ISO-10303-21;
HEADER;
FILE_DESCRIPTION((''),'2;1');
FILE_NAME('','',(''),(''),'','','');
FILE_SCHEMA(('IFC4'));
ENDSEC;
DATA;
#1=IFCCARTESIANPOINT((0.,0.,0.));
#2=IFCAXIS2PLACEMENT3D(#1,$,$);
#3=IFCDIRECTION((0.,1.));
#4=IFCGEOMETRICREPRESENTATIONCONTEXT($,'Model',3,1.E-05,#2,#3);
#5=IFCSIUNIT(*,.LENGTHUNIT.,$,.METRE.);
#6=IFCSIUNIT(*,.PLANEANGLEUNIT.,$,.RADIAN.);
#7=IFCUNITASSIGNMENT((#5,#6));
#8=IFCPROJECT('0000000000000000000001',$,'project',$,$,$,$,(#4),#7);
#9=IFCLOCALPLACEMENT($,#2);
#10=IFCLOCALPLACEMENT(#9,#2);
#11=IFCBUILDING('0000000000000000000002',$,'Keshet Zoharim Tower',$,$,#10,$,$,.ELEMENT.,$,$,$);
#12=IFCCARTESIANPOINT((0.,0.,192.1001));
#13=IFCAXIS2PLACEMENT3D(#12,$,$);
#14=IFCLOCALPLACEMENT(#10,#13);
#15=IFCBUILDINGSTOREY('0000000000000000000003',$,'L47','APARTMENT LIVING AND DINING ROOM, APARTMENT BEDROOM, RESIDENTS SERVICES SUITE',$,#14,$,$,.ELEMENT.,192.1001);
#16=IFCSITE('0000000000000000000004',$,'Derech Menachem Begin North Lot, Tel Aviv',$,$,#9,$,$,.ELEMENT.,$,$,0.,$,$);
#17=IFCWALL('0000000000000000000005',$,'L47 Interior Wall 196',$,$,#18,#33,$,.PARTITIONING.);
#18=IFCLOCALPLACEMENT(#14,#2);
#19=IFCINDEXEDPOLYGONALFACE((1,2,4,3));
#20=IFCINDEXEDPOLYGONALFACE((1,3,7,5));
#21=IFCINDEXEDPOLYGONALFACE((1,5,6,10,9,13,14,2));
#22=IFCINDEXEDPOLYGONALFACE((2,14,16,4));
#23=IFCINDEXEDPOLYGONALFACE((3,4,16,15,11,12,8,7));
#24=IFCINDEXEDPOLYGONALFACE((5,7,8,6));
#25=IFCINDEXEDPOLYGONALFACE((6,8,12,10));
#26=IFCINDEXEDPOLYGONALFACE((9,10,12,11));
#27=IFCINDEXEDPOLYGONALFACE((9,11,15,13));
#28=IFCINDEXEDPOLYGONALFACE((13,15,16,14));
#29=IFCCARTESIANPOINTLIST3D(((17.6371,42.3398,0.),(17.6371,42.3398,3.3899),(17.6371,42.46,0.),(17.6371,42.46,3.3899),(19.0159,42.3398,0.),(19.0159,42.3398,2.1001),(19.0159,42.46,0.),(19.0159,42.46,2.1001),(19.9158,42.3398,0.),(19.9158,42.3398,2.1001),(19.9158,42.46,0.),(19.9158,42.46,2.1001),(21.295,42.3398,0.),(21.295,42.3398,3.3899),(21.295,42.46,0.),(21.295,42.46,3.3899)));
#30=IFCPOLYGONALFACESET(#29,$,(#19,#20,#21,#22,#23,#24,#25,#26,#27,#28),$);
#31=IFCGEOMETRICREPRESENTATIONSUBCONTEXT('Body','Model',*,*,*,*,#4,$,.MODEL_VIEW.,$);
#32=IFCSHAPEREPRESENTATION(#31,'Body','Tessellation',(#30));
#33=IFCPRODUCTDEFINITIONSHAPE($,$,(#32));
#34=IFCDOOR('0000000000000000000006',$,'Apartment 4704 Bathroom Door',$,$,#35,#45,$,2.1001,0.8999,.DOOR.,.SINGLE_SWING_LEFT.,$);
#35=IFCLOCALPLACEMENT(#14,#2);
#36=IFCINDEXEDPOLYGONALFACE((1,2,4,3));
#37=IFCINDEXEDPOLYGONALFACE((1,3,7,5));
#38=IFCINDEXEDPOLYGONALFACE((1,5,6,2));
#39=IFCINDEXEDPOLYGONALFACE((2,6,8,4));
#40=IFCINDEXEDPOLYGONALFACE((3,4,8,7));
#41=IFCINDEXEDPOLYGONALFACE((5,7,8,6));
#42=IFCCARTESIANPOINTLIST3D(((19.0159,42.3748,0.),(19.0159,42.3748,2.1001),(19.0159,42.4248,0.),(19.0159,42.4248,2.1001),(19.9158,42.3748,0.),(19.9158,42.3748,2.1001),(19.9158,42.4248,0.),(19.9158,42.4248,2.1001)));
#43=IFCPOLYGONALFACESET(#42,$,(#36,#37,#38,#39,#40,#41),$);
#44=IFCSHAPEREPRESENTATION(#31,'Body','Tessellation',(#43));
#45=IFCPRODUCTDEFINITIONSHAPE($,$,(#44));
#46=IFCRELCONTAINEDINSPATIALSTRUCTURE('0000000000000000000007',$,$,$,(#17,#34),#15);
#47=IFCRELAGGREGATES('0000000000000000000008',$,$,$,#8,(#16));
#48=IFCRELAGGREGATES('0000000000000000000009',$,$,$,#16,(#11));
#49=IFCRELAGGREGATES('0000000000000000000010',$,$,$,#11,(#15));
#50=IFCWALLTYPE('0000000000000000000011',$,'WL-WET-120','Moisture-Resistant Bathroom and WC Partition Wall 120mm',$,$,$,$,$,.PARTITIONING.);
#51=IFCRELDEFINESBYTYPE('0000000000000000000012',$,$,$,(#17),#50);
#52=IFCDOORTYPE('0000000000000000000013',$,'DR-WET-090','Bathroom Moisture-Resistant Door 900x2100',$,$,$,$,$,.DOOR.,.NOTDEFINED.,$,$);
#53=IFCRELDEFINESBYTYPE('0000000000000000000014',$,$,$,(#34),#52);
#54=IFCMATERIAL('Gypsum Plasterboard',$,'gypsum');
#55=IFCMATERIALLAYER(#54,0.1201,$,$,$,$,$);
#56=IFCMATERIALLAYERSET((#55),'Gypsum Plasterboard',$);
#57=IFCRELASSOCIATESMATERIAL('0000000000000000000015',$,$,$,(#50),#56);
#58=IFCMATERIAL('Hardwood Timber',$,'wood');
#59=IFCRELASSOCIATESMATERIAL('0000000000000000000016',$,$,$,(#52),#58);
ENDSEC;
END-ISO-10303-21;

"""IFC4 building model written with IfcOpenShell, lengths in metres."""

from ifc_helpers import new_model, si_unit, direction, frame, frame_2d, origin, place, context, subcontext, project, spatial, rectangle, extrude, material, layer, layer_set, type_object, element, fill, save


model = new_model("IFC4")

# Units and contexts
model_context = context("Model", 3, precision=1e-05, world=origin(), true_north=direction((0.0, 1.0)))
body_context = subcontext(model_context, "Body", "Model", "MODEL_VIEW")
ifc_project = project(units=[si_unit("LENGTHUNIT", "METRE"), si_unit("PLANEANGLEUNIT", "RADIAN")], contexts=[model_context])

# Site, building, storey
site_placement = place(None, origin())
site = spatial("IfcSite", under=ifc_project, at=site_placement, Name="Derech Menachem Begin North Lot, Tel Aviv", CompositionType="ELEMENT", RefElevation=0.0)
building_placement = place(site_placement, origin())
building = spatial("IfcBuilding", under=site, at=building_placement, Name="Keshet Zoharim Tower", CompositionType="ELEMENT")
storey_placement = place(building_placement, frame((0.0, 0.0, 192.1001)))
storey = spatial("IfcBuildingStorey", under=building, at=storey_placement, Name="L47", Description="APARTMENT LIVING AND DINING ROOM, APARTMENT BEDROOM, RESIDENTS SERVICES SUITE", CompositionType="ELEMENT", Elevation=192.1001)

# Shared definitions
ifc_material_1 = material(Name="Gypsum Plasterboard", Category="gypsum")

# Shared definitions
ifc_material_2 = material(Name="Hardwood Timber", Category="wood")

# Shared definitions
ifc_layer_1 = layer(ifc_material_1, 0.1201)
ifc_layer_set_1 = layer_set([ifc_layer_1], Name="Gypsum Plasterboard")
wall_type_1 = type_object("IfcWallType", Name="WL-WET-120", Description="Moisture-Resistant Bathroom and WC Partition Wall 120mm", PredefinedType="PARTITIONING", material=ifc_layer_set_1)

# Wall, opening, door
wall_1_placement = place(storey_placement, frame((17.637, 42.3999, 0.0), z_axis=(0.0, 0.0, 1.0), x_axis=(1.0, 0.0, 0.0)))
wall_1 = element("IfcWall", 1, at=wall_1_placement, inside=storey, type_object=wall_type_1, Name="L47 Interior Wall 196", PredefinedType="PARTITIONING", context=body_context, shape_type="SweptSolid", body=[
    extrude(rectangle(XDim=3.658, YDim=0.1201, at=frame_2d((1.8291, 0.0))), origin(), (0.0, 0.0, 1.0), 3.3899),
])
opening_1_placement = place(wall_1_placement, frame((1.3789, 0.0, 0.0)))
opening_1 = element("IfcOpeningElement", 2, at=opening_1_placement, cuts=wall_1, PredefinedType="OPENING", context=body_context, shape_type="SweptSolid", body=[
    extrude(rectangle(XDim=0.8999, YDim=2.1001, at=frame_2d((0.45, 1.05))), frame((0.0, 0.0701, 0.0), z_axis=(0.0, -1.0, 0.0), x_axis=(1.0, 0.0, 0.0)), (0.0, 0.0, 1.0), 0.1401),
])
door_type_1 = type_object("IfcDoorType", Name="DR-WET-090", Description="Bathroom Moisture-Resistant Door 900x2100", OperationType="NOTDEFINED", PredefinedType="DOOR", material=ifc_material_2)
door_1_placement = place(opening_1_placement, origin())
door_1 = element("IfcDoor", 3, at=door_1_placement, inside=storey, type_object=door_type_1, Name="Apartment 4704 Bathroom Door", OperationType="SINGLE_SWING_LEFT", OverallHeight=2.1001, OverallWidth=0.8999, PredefinedType="DOOR", context=body_context, shape_type="SweptSolid", body=[
    extrude(rectangle(XDim=0.8999, YDim=2.1001, at=frame_2d((0.45, 1.05))), frame((0.0, 0.0249, 0.0), z_axis=(0.0, -1.0, 0.0), x_axis=(1.0, 0.0, 0.0)), (0.0, 0.0, 1.0), 0.05),
])
fill(opening_1, door_1)

save(model, "model.ifc")
